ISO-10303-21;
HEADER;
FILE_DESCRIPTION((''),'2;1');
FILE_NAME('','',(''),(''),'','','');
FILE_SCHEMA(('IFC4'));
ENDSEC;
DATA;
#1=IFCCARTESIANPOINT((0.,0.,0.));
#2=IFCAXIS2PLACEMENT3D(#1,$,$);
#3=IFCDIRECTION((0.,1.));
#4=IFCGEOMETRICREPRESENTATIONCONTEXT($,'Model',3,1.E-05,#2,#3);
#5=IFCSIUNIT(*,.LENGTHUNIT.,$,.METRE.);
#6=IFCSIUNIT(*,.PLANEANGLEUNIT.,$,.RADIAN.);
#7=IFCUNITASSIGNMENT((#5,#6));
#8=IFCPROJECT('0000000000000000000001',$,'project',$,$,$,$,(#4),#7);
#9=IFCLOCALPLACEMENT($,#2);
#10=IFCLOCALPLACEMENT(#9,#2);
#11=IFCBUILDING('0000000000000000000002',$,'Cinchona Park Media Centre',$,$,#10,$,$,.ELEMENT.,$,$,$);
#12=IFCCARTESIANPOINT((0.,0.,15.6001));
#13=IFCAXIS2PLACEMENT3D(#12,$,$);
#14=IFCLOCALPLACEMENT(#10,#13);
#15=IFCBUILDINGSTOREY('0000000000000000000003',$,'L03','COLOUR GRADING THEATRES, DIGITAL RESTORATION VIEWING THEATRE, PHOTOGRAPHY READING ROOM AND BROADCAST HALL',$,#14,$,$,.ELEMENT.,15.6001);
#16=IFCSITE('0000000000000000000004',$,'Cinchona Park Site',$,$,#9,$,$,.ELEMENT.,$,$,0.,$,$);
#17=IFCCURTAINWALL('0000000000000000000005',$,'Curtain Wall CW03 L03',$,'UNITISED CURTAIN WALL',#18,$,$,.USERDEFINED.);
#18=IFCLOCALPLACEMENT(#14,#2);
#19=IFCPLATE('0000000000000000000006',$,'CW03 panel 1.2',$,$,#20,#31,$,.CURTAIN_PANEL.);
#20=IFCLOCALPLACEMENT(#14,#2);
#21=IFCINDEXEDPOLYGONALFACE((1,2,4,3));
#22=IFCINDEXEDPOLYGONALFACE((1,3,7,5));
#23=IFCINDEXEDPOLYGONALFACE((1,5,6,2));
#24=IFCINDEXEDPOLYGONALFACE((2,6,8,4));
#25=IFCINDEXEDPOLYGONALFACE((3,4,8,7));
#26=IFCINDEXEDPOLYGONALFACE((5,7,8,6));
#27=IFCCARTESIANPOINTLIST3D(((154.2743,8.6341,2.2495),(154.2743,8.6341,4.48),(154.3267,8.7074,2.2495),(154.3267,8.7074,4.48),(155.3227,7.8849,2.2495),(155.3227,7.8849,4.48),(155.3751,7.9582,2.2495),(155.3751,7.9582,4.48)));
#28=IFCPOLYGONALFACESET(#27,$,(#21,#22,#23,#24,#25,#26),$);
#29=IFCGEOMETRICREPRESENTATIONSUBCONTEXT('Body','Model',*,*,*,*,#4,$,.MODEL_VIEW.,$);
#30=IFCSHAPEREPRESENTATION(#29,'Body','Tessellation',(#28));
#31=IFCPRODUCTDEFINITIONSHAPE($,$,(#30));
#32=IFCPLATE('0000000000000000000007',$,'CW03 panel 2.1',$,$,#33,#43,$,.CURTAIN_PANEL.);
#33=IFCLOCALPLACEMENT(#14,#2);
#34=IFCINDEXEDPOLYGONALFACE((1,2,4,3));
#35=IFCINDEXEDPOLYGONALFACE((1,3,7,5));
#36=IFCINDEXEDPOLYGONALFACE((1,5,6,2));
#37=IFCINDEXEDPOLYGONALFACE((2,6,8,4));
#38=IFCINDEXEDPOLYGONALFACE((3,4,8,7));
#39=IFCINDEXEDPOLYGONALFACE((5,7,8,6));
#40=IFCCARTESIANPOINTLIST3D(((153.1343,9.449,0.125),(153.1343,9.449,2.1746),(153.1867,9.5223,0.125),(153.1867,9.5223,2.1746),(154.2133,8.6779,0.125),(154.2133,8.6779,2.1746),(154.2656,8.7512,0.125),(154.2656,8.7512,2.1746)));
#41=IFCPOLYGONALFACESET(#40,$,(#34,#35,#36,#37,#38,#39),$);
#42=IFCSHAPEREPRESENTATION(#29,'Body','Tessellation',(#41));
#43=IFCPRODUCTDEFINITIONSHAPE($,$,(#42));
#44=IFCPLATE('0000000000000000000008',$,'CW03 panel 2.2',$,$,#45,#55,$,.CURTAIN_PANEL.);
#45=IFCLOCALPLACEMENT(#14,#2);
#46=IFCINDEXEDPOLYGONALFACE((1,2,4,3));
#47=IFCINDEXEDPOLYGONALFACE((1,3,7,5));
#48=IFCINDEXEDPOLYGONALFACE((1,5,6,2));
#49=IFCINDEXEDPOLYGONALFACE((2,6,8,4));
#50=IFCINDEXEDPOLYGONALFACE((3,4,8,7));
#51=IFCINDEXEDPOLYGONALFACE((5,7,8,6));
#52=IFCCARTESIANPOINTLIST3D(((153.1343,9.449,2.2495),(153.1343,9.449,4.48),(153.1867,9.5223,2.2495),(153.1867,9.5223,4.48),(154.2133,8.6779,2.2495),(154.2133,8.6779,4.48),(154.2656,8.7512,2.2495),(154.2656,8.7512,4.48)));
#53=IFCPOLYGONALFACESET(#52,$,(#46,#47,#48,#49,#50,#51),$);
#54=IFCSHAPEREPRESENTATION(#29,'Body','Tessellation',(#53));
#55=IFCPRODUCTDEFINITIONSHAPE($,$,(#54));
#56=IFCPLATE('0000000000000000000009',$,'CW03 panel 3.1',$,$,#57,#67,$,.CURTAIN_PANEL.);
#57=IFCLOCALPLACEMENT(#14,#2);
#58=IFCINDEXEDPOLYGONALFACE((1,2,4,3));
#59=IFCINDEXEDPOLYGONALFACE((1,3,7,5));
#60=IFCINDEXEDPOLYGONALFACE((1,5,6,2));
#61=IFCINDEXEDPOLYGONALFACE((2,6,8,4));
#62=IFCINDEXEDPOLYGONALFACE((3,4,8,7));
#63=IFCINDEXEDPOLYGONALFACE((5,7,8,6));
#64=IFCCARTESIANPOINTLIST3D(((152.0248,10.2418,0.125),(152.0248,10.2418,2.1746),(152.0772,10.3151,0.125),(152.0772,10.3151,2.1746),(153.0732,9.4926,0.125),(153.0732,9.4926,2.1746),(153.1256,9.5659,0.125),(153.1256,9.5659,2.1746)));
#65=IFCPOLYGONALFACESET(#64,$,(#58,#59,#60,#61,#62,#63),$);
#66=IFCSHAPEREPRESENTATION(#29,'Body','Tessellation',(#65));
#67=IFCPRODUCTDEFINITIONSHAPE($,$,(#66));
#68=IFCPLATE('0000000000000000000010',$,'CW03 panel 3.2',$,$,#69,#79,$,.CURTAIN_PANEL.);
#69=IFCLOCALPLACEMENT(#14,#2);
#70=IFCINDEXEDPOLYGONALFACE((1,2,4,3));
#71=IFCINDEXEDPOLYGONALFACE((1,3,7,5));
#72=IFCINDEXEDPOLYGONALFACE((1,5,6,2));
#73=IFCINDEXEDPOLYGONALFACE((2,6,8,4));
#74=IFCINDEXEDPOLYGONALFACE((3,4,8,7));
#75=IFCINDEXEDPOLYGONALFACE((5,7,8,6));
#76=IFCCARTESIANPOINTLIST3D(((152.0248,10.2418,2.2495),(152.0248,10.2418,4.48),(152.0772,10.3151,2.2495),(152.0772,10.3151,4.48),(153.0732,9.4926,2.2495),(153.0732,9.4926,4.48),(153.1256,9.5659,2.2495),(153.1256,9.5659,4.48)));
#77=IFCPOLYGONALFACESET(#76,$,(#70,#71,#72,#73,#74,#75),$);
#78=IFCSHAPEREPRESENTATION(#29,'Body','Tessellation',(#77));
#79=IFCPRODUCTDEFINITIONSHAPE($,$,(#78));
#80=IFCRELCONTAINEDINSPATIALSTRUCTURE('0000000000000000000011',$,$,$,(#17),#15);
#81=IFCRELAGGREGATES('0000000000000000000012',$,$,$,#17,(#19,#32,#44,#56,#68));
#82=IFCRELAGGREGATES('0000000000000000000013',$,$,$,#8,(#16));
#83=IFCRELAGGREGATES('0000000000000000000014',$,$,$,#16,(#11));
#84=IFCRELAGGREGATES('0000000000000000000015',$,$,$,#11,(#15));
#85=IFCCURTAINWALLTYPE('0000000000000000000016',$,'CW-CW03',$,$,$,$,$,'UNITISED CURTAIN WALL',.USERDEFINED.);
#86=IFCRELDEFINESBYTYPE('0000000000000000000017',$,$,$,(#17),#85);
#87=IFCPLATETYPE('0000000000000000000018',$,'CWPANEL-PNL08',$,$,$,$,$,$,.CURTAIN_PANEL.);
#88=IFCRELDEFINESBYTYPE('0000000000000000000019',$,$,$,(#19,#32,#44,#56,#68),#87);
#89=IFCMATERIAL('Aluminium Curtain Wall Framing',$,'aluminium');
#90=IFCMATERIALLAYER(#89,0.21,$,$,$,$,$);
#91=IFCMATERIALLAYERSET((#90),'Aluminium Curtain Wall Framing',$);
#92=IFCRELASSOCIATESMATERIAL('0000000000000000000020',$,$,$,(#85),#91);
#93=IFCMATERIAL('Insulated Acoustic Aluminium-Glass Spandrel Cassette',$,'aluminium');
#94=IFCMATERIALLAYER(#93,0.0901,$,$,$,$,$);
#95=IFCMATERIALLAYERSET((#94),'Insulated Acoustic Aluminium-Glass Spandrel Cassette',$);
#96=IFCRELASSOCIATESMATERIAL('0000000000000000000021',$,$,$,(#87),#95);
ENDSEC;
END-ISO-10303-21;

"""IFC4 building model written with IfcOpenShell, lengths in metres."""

from ifc_helpers import new_model, si_unit, direction, frame, origin, origin_2d, place, context, subcontext, project, spatial, rectangle, extrude, material, layer, layer_set, type_object, element, aggregate, save


model = new_model("IFC4")

# Units and contexts
model_context = context("Model", 3, precision=1e-05, world=origin(), true_north=direction((0.0, 1.0)))
body_context = subcontext(model_context, "Body", "Model", "MODEL_VIEW")
ifc_project = project(units=[si_unit("LENGTHUNIT", "METRE"), si_unit("PLANEANGLEUNIT", "RADIAN")], contexts=[model_context])

# Site, building, storey
site_placement = place(None, origin())
site = spatial("IfcSite", under=ifc_project, at=site_placement, Name="Cinchona Park Site", CompositionType="ELEMENT", RefElevation=0.0)
building_placement = place(site_placement, origin())
building = spatial("IfcBuilding", under=site, at=building_placement, Name="Cinchona Park Media Centre", CompositionType="ELEMENT")
storey_placement = place(building_placement, frame((0.0, 0.0, 15.6001)))
storey = spatial("IfcBuildingStorey", under=building, at=storey_placement, Name="L03", Description="COLOUR GRADING THEATRES, DIGITAL RESTORATION VIEWING THEATRE, PHOTOGRAPHY READING ROOM AND BROADCAST HALL", CompositionType="ELEMENT", Elevation=15.6001)

# Curtain wall
ifc_material_1 = material(Name="Aluminium Curtain Wall Framing", Category="aluminium")
ifc_layer_1 = layer(ifc_material_1, 0.21)
ifc_layer_set_1 = layer_set([ifc_layer_1], Name="Aluminium Curtain Wall Framing")
curtain_wall_type_1 = type_object("IfcCurtainWallType", Name="CW-CW03", ElementType="UNITISED CURTAIN WALL", PredefinedType="USERDEFINED", material=ifc_layer_set_1)
curtain_wall_1_placement = place(storey_placement, origin())
curtain_wall_1 = element("IfcCurtainWall", 1, at=curtain_wall_1_placement, inside=storey, type_object=curtain_wall_type_1, Name="Curtain Wall CW03 L03", ObjectType="UNITISED CURTAIN WALL", PredefinedType="USERDEFINED")

# Plates
ifc_material_2 = material(Name="Insulated Acoustic Aluminium-Glass Spandrel Cassette", Category="aluminium")
ifc_layer_2 = layer(ifc_material_2, 0.0901)
ifc_layer_set_2 = layer_set([ifc_layer_2], Name="Insulated Acoustic Aluminium-Glass Spandrel Cassette")
plate_type = type_object("IfcPlateType", Name="CWPANEL-PNL08", PredefinedType="CURTAIN_PANEL", material=ifc_layer_set_2)
plate_1_placement = place(storey_placement, frame((154.8247, 8.2961, 2.2495), z_axis=(0.0, 0.0, 1.0), x_axis=(-0.813605, 0.581418, 0.0)))
plate_1 = element("IfcPlate", 2, at=plate_1_placement, type_object=plate_type, Name="CW03 panel 1.2", PredefinedType="CURTAIN_PANEL", context=body_context, shape_type="SweptSolid", body=[
    extrude(rectangle(XDim=1.2886, YDim=0.0901, at=origin_2d()), origin(), (0.0, 0.0, 1.0), 2.2305),
])
plate_2_placement = place(storey_placement, frame((153.7, 9.1001, 0.125), z_axis=(0.0, 0.0, 1.0), x_axis=(-0.813605, 0.581418, 0.0)))
plate_2 = element("IfcPlate", 3, at=plate_2_placement, type_object=plate_type, Name="CW03 panel 2.1", PredefinedType="CURTAIN_PANEL", context=body_context, shape_type="SweptSolid", body=[
    extrude(rectangle(XDim=1.3262, YDim=0.0901, at=origin_2d()), origin(), (0.0, 0.0, 1.0), 2.0496),
])
plate_3_placement = place(storey_placement, frame((153.7, 9.1001, 2.2495), z_axis=(0.0, 0.0, 1.0), x_axis=(-0.813605, 0.581418, 0.0)))
plate_3 = element("IfcPlate", 4, at=plate_3_placement, type_object=plate_type, Name="CW03 panel 2.2", PredefinedType="CURTAIN_PANEL", context=body_context, shape_type="SweptSolid", body=[
    extrude(rectangle(XDim=1.3262, YDim=0.0901, at=origin_2d()), origin(), (0.0, 0.0, 1.0), 2.2305),
])
plate_4_placement = place(storey_placement, frame((152.5752, 9.9038, 0.125), z_axis=(0.0, 0.0, 1.0), x_axis=(-0.813605, 0.581418, 0.0)))
plate_4 = element("IfcPlate", 5, at=plate_4_placement, type_object=plate_type, Name="CW03 panel 3.1", PredefinedType="CURTAIN_PANEL", context=body_context, shape_type="SweptSolid", body=[
    extrude(rectangle(XDim=1.2886, YDim=0.0901, at=origin_2d()), origin(), (0.0, 0.0, 1.0), 2.0496),
])
plate_5_placement = place(storey_placement, frame((152.5752, 9.9038, 2.2495), z_axis=(0.0, 0.0, 1.0), x_axis=(-0.813605, 0.581418, 0.0)))
plate_5 = element("IfcPlate", 6, at=plate_5_placement, type_object=plate_type, Name="CW03 panel 3.2", PredefinedType="CURTAIN_PANEL", context=body_context, shape_type="SweptSolid", body=[
    extrude(rectangle(XDim=1.2886, YDim=0.0901, at=origin_2d()), origin(), (0.0, 0.0, 1.0), 2.2305),
])
aggregate(curtain_wall_1, [plate_1, plate_2, plate_3, plate_4, plate_5])

save(model, "model.ifc")
